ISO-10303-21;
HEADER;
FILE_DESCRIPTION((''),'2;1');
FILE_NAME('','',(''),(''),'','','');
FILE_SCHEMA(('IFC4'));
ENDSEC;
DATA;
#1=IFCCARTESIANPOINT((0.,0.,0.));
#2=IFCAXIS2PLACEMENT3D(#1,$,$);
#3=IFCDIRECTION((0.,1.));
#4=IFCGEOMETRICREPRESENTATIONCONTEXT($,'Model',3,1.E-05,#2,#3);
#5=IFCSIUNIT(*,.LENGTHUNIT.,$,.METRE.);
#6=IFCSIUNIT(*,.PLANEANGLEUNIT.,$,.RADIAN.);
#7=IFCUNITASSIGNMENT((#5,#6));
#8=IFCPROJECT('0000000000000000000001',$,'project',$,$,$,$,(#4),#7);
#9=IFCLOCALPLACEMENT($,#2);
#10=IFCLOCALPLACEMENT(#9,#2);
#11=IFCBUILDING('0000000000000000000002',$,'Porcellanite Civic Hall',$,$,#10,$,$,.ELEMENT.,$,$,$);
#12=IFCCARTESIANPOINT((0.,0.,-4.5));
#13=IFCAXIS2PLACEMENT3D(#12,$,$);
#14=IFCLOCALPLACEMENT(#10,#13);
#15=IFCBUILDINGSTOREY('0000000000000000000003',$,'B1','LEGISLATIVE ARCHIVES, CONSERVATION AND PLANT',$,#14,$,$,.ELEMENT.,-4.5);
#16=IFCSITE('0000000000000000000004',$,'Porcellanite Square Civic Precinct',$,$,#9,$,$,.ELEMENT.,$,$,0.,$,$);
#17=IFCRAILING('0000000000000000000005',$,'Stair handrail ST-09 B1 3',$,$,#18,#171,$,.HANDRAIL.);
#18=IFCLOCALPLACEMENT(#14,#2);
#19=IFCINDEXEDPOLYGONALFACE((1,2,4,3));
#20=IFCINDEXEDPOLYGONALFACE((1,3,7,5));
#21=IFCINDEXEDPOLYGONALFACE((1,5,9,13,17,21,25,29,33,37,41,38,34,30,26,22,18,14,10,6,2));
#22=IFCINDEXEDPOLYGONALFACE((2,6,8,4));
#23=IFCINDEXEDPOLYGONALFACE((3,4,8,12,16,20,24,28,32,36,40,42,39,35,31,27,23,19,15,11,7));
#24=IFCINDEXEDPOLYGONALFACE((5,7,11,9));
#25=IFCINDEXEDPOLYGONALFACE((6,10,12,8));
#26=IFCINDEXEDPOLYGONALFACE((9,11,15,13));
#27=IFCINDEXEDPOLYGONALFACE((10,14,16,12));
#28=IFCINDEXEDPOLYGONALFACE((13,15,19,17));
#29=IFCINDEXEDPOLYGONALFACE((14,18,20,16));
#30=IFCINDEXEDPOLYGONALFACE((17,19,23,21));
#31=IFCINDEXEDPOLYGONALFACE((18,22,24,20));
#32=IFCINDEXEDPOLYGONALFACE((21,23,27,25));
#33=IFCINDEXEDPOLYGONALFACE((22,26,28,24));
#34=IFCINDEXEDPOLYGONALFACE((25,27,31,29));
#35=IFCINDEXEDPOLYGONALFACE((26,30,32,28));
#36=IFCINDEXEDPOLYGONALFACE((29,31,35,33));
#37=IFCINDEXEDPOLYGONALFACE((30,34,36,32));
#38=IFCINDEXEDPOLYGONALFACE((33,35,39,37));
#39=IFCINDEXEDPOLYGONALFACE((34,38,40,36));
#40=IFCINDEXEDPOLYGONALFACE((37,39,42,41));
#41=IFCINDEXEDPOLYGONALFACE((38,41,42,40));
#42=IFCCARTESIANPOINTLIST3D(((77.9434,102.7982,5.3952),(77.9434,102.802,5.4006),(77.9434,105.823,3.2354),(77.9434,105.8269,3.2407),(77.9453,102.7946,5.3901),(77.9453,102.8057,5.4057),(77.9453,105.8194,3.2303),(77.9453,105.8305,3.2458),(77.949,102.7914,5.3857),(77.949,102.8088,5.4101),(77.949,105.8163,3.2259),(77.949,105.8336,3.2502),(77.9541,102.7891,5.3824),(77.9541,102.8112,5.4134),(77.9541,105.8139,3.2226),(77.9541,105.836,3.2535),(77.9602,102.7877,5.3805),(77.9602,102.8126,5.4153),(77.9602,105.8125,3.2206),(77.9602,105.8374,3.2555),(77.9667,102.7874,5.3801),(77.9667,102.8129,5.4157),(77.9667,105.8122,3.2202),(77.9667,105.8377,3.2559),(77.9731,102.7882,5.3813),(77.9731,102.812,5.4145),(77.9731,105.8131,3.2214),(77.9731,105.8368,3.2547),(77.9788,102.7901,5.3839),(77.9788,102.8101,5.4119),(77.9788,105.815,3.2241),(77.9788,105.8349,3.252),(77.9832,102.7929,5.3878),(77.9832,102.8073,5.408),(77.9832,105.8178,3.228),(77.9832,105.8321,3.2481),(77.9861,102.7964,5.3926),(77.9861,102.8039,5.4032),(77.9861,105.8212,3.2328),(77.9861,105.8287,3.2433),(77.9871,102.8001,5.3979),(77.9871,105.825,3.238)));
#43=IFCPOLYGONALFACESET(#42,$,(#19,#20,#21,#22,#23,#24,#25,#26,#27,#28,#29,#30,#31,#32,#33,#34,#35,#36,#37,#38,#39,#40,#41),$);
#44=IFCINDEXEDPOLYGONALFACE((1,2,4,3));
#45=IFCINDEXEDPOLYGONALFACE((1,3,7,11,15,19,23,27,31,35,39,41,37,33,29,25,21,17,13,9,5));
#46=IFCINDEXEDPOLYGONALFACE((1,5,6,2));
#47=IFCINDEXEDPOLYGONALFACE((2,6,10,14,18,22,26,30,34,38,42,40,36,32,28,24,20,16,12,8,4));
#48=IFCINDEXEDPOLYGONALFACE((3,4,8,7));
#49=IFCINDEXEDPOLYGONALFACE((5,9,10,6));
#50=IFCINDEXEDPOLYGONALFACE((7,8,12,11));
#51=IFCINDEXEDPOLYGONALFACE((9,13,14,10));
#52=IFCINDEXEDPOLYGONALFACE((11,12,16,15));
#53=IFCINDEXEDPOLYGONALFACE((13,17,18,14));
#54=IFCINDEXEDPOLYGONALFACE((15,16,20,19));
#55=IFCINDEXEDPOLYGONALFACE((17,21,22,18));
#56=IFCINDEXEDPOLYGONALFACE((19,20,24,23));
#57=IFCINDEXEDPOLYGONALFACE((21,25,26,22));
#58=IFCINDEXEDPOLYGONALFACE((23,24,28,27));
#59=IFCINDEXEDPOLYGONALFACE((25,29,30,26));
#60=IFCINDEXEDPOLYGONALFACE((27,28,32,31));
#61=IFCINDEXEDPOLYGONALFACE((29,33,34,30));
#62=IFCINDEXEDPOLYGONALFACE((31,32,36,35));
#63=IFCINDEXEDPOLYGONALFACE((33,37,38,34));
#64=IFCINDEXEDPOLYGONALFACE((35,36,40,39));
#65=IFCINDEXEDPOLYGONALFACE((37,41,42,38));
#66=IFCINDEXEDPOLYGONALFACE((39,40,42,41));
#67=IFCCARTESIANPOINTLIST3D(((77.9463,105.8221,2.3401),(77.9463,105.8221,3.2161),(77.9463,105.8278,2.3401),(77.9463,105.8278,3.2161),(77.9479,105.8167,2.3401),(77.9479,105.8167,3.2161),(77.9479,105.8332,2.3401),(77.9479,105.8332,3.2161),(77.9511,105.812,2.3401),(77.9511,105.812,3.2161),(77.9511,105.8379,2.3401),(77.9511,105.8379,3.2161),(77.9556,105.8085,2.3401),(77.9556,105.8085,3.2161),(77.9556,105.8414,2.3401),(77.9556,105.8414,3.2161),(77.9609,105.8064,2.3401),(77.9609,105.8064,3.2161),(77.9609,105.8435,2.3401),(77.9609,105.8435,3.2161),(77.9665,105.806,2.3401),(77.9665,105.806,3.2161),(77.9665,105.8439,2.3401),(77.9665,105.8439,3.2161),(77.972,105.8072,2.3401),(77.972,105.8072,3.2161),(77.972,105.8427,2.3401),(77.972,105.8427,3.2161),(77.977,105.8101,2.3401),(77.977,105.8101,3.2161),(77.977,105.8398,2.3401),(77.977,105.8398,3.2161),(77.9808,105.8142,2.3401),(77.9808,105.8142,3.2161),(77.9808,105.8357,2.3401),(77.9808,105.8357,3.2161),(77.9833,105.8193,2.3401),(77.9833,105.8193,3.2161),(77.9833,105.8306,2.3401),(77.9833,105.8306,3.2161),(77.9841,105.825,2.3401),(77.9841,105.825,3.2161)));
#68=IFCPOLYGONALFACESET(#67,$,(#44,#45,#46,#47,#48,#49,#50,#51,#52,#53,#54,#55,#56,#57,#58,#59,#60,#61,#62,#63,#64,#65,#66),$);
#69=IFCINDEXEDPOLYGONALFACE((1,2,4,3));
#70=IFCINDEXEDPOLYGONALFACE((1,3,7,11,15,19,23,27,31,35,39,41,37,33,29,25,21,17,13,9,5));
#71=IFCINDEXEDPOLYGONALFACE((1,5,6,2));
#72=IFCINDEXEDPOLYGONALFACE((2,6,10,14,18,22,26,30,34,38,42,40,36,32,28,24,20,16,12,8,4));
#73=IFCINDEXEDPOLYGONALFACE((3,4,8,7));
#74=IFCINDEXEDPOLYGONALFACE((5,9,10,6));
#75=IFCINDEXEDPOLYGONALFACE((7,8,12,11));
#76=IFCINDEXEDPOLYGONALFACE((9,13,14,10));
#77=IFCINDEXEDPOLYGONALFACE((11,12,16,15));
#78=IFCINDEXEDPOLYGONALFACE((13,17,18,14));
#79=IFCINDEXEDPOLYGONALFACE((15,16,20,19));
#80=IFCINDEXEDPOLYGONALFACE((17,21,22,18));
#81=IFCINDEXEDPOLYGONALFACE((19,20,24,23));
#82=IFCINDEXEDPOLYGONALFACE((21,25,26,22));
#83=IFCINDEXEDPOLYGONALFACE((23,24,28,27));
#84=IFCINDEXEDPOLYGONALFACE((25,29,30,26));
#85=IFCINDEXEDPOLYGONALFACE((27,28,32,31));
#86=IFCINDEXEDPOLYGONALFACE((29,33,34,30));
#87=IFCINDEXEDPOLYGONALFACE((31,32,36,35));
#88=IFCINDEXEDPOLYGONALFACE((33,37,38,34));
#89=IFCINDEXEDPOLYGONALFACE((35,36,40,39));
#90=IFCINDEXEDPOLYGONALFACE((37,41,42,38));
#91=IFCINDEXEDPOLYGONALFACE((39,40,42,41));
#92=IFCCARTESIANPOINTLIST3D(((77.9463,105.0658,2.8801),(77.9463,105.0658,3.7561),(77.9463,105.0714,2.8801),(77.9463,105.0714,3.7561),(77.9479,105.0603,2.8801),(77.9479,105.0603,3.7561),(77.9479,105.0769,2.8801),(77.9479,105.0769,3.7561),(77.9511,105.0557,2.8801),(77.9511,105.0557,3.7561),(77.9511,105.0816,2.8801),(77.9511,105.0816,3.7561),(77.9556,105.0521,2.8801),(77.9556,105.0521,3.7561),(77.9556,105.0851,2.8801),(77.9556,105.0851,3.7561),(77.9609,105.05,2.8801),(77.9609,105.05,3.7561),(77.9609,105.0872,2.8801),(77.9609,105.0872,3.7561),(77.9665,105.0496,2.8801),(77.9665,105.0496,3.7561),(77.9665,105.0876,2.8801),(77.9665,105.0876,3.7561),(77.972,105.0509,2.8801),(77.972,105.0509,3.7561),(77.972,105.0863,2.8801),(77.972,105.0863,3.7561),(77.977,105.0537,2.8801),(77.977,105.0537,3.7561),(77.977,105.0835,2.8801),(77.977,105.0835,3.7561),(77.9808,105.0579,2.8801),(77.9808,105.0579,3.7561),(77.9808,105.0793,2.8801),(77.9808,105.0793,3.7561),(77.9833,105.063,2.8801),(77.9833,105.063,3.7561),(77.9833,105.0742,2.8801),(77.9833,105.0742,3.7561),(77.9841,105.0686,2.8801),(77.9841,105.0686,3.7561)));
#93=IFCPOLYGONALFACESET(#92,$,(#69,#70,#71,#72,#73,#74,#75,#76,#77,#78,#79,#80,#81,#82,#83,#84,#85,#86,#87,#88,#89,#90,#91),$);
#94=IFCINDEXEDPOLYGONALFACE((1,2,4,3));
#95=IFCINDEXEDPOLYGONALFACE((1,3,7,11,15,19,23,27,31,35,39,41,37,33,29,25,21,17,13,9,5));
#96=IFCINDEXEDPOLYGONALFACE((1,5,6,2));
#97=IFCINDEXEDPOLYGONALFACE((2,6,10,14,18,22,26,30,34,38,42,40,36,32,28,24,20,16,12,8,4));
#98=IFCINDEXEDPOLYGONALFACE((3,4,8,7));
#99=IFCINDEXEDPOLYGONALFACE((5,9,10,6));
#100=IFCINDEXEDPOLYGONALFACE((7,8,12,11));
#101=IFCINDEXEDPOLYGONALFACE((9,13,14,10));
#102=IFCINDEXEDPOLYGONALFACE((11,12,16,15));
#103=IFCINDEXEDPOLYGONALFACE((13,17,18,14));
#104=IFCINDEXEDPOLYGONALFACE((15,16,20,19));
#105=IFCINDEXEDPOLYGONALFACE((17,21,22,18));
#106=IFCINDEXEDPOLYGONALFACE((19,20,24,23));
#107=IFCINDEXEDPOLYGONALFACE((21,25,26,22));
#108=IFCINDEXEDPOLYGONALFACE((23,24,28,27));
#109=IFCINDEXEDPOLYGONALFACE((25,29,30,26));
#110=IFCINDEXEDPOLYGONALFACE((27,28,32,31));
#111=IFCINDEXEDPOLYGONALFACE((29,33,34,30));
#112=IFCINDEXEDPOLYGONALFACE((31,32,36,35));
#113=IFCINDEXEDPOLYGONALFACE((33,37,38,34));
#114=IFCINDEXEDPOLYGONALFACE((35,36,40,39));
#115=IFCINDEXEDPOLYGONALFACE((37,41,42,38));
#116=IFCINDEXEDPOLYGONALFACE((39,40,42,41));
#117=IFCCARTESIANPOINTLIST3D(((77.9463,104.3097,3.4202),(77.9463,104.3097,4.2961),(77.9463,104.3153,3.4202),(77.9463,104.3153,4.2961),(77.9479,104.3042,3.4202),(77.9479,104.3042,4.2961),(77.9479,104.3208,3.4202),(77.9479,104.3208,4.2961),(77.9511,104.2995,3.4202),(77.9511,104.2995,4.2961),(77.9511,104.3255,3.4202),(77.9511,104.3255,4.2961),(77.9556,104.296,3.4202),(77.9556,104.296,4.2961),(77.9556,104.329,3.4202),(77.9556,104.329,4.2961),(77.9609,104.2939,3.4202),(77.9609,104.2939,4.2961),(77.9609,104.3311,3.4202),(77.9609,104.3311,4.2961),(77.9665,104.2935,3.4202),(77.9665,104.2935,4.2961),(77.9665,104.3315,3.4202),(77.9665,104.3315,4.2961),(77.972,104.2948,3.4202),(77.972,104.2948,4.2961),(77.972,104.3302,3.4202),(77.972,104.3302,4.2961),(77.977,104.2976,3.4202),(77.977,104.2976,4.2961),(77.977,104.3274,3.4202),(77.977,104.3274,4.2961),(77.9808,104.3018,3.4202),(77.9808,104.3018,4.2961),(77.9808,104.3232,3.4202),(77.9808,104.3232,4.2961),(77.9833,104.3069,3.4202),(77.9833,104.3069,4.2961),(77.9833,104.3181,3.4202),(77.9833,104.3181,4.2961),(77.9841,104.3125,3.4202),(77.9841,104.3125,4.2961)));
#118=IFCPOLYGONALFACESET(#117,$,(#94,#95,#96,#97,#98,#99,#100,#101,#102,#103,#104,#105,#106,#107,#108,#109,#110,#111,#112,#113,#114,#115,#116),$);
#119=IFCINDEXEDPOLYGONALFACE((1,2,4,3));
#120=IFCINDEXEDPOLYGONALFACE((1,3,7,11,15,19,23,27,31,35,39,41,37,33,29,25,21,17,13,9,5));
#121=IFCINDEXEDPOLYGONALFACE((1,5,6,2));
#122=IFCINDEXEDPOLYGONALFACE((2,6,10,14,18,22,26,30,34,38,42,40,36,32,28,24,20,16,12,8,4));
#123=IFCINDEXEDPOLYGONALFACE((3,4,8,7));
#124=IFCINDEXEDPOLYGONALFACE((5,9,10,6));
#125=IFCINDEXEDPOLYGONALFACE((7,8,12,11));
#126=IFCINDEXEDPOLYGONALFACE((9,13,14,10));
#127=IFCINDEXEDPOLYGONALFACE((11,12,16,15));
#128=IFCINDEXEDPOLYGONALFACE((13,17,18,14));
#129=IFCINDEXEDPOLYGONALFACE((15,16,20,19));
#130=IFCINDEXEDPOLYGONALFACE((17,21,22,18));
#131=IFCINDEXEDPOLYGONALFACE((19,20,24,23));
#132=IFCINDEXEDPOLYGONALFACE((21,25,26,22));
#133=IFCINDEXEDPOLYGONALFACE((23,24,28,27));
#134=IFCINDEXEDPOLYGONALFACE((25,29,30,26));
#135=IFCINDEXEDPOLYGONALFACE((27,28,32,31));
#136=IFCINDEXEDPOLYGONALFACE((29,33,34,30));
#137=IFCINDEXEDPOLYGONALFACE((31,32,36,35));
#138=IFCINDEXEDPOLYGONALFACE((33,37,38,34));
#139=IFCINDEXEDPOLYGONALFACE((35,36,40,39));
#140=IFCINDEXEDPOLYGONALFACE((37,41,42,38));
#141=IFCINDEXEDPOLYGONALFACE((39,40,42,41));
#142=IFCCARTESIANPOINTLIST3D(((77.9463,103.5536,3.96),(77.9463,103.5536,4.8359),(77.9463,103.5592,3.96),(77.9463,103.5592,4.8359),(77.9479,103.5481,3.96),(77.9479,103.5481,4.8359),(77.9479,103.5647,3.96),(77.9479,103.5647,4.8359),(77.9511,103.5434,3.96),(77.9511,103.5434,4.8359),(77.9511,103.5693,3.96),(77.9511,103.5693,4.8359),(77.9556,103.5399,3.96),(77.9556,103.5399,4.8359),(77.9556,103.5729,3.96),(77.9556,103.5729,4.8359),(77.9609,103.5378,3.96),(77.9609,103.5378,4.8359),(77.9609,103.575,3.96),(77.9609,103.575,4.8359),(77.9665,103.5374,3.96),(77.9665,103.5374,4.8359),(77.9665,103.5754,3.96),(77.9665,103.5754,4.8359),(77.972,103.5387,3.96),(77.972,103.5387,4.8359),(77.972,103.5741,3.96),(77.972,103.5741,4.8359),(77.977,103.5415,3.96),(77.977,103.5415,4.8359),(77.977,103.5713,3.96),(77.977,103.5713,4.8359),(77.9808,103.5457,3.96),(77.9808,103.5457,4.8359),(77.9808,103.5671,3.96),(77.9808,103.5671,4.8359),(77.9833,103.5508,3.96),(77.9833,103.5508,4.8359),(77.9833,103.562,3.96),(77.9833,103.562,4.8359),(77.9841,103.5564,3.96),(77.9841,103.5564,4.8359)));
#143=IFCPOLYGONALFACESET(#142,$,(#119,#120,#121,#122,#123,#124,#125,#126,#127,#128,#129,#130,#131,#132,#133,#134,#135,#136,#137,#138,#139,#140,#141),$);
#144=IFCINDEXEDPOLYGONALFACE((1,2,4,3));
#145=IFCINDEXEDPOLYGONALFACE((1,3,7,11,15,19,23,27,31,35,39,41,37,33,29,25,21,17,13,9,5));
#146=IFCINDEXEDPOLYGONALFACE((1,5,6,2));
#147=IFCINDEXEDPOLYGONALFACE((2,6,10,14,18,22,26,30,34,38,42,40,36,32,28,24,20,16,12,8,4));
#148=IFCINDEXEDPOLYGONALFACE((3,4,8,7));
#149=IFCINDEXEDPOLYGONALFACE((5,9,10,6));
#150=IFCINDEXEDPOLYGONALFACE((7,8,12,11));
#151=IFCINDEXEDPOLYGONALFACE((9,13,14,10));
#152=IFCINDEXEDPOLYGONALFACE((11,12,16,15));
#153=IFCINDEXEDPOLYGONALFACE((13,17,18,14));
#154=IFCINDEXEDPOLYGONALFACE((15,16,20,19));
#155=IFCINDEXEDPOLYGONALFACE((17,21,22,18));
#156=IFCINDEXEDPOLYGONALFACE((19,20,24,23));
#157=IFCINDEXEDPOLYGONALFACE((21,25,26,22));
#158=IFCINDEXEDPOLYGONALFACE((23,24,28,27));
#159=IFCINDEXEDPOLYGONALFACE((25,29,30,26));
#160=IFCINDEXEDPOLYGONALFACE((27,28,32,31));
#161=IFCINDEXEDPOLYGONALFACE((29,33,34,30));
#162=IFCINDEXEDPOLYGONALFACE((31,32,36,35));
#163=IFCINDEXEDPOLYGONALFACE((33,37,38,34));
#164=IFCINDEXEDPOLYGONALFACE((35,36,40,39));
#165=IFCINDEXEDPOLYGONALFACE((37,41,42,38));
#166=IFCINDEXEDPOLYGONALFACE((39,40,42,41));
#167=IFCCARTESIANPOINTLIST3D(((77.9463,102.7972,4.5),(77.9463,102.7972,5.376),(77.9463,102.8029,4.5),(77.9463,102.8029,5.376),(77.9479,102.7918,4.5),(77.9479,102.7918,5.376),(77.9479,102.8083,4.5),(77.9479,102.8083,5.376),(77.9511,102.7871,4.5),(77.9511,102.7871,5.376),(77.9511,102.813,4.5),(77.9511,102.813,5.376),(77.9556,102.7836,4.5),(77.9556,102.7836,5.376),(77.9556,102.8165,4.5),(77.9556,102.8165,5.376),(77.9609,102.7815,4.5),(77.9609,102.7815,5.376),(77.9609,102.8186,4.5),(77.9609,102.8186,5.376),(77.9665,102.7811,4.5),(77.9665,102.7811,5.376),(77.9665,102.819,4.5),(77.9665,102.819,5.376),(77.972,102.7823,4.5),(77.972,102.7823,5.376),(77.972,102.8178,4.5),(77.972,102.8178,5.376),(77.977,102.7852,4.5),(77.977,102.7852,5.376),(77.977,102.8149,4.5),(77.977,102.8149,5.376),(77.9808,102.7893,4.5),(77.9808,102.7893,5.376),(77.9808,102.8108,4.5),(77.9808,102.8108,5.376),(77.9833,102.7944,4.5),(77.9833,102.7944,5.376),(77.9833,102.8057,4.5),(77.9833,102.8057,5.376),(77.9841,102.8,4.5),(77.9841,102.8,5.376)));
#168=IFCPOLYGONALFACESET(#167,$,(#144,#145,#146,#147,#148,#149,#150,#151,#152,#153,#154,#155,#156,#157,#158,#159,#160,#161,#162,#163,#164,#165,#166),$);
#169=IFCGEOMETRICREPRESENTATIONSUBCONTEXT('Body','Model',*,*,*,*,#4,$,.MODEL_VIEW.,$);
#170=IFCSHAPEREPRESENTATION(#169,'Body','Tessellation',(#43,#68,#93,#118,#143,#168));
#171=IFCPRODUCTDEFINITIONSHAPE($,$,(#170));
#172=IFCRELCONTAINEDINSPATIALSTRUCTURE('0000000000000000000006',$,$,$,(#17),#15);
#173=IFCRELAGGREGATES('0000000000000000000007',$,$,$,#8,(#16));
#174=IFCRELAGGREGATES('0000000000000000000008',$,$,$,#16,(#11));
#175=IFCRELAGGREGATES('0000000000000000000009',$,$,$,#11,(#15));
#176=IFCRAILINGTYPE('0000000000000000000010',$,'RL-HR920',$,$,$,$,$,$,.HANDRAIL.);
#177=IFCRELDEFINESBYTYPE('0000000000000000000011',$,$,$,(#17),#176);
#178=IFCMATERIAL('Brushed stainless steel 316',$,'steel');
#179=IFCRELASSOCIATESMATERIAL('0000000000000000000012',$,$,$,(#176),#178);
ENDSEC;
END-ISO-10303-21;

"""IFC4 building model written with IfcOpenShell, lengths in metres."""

from ifc_helpers import new_model, si_unit, direction, frame, origin, origin_2d, place, context, subcontext, project, spatial, circle, extrude, material, type_object, element, save


model = new_model("IFC4")

# Units and contexts
model_context = context("Model", 3, precision=1e-05, world=origin(), true_north=direction((0.0, 1.0)))
body_context = subcontext(model_context, "Body", "Model", "MODEL_VIEW")
ifc_project = project(units=[si_unit("LENGTHUNIT", "METRE"), si_unit("PLANEANGLEUNIT", "RADIAN")], contexts=[model_context])

# Site, building, storey
site_placement = place(None, origin())
site = spatial("IfcSite", under=ifc_project, at=site_placement, Name="Porcellanite Square Civic Precinct", CompositionType="ELEMENT", RefElevation=0.0)
building_placement = place(site_placement, origin())
building = spatial("IfcBuilding", under=site, at=building_placement, Name="Porcellanite Civic Hall", CompositionType="ELEMENT")
storey_placement = place(building_placement, frame((0.0, 0.0, -4.5)))
storey = spatial("IfcBuildingStorey", under=building, at=storey_placement, Name="B1", Description="LEGISLATIVE ARCHIVES, CONSERVATION AND PLANT", CompositionType="ELEMENT", Elevation=-4.5)

# Railing
ifc_material_1 = material(Name="Brushed stainless steel 316", Category="steel")
railing_type_1 = type_object("IfcRailingType", Name="RL-HR920", PredefinedType="HANDRAIL", material=ifc_material_1)
railing_1_placement = place(storey_placement, frame((77.9651, 105.825, 2.3401)))
element("IfcRailing", 1, at=railing_1_placement, inside=storey, type_object=railing_type_1, Name="Stair handrail ST-09 B1 3", PredefinedType="HANDRAIL", context=body_context, shape_type="SweptSolid", body=[
    extrude(circle(Radius=0.022, at=origin_2d()), frame((0.0, 0.0, 0.8979), z_axis=(0.0, -0.813827, 0.581108), x_axis=(1.0, 0.0, 0.0)), (0.0, 0.0, 1.0), 3.7168),
    extrude(circle(Radius=0.019, at=origin_2d()), origin(), (0.0, 0.0, 1.0), 0.876),
    extrude(circle(Radius=0.019, at=origin_2d()), frame((0.0, -0.7563, 0.54)), (0.0, 0.0, 1.0), 0.876),
    extrude(circle(Radius=0.019, at=origin_2d()), frame((0.0, -1.5125, 1.0801)), (0.0, 0.0, 1.0), 0.876),
    extrude(circle(Radius=0.019, at=origin_2d()), frame((0.0, -2.2686, 1.6199)), (0.0, 0.0, 1.0), 0.876),
    extrude(circle(Radius=0.019, at=origin_2d()), frame((0.0, -3.0249, 2.1599)), (0.0, 0.0, 1.0), 0.876),
])

save(model, "model.ifc")
